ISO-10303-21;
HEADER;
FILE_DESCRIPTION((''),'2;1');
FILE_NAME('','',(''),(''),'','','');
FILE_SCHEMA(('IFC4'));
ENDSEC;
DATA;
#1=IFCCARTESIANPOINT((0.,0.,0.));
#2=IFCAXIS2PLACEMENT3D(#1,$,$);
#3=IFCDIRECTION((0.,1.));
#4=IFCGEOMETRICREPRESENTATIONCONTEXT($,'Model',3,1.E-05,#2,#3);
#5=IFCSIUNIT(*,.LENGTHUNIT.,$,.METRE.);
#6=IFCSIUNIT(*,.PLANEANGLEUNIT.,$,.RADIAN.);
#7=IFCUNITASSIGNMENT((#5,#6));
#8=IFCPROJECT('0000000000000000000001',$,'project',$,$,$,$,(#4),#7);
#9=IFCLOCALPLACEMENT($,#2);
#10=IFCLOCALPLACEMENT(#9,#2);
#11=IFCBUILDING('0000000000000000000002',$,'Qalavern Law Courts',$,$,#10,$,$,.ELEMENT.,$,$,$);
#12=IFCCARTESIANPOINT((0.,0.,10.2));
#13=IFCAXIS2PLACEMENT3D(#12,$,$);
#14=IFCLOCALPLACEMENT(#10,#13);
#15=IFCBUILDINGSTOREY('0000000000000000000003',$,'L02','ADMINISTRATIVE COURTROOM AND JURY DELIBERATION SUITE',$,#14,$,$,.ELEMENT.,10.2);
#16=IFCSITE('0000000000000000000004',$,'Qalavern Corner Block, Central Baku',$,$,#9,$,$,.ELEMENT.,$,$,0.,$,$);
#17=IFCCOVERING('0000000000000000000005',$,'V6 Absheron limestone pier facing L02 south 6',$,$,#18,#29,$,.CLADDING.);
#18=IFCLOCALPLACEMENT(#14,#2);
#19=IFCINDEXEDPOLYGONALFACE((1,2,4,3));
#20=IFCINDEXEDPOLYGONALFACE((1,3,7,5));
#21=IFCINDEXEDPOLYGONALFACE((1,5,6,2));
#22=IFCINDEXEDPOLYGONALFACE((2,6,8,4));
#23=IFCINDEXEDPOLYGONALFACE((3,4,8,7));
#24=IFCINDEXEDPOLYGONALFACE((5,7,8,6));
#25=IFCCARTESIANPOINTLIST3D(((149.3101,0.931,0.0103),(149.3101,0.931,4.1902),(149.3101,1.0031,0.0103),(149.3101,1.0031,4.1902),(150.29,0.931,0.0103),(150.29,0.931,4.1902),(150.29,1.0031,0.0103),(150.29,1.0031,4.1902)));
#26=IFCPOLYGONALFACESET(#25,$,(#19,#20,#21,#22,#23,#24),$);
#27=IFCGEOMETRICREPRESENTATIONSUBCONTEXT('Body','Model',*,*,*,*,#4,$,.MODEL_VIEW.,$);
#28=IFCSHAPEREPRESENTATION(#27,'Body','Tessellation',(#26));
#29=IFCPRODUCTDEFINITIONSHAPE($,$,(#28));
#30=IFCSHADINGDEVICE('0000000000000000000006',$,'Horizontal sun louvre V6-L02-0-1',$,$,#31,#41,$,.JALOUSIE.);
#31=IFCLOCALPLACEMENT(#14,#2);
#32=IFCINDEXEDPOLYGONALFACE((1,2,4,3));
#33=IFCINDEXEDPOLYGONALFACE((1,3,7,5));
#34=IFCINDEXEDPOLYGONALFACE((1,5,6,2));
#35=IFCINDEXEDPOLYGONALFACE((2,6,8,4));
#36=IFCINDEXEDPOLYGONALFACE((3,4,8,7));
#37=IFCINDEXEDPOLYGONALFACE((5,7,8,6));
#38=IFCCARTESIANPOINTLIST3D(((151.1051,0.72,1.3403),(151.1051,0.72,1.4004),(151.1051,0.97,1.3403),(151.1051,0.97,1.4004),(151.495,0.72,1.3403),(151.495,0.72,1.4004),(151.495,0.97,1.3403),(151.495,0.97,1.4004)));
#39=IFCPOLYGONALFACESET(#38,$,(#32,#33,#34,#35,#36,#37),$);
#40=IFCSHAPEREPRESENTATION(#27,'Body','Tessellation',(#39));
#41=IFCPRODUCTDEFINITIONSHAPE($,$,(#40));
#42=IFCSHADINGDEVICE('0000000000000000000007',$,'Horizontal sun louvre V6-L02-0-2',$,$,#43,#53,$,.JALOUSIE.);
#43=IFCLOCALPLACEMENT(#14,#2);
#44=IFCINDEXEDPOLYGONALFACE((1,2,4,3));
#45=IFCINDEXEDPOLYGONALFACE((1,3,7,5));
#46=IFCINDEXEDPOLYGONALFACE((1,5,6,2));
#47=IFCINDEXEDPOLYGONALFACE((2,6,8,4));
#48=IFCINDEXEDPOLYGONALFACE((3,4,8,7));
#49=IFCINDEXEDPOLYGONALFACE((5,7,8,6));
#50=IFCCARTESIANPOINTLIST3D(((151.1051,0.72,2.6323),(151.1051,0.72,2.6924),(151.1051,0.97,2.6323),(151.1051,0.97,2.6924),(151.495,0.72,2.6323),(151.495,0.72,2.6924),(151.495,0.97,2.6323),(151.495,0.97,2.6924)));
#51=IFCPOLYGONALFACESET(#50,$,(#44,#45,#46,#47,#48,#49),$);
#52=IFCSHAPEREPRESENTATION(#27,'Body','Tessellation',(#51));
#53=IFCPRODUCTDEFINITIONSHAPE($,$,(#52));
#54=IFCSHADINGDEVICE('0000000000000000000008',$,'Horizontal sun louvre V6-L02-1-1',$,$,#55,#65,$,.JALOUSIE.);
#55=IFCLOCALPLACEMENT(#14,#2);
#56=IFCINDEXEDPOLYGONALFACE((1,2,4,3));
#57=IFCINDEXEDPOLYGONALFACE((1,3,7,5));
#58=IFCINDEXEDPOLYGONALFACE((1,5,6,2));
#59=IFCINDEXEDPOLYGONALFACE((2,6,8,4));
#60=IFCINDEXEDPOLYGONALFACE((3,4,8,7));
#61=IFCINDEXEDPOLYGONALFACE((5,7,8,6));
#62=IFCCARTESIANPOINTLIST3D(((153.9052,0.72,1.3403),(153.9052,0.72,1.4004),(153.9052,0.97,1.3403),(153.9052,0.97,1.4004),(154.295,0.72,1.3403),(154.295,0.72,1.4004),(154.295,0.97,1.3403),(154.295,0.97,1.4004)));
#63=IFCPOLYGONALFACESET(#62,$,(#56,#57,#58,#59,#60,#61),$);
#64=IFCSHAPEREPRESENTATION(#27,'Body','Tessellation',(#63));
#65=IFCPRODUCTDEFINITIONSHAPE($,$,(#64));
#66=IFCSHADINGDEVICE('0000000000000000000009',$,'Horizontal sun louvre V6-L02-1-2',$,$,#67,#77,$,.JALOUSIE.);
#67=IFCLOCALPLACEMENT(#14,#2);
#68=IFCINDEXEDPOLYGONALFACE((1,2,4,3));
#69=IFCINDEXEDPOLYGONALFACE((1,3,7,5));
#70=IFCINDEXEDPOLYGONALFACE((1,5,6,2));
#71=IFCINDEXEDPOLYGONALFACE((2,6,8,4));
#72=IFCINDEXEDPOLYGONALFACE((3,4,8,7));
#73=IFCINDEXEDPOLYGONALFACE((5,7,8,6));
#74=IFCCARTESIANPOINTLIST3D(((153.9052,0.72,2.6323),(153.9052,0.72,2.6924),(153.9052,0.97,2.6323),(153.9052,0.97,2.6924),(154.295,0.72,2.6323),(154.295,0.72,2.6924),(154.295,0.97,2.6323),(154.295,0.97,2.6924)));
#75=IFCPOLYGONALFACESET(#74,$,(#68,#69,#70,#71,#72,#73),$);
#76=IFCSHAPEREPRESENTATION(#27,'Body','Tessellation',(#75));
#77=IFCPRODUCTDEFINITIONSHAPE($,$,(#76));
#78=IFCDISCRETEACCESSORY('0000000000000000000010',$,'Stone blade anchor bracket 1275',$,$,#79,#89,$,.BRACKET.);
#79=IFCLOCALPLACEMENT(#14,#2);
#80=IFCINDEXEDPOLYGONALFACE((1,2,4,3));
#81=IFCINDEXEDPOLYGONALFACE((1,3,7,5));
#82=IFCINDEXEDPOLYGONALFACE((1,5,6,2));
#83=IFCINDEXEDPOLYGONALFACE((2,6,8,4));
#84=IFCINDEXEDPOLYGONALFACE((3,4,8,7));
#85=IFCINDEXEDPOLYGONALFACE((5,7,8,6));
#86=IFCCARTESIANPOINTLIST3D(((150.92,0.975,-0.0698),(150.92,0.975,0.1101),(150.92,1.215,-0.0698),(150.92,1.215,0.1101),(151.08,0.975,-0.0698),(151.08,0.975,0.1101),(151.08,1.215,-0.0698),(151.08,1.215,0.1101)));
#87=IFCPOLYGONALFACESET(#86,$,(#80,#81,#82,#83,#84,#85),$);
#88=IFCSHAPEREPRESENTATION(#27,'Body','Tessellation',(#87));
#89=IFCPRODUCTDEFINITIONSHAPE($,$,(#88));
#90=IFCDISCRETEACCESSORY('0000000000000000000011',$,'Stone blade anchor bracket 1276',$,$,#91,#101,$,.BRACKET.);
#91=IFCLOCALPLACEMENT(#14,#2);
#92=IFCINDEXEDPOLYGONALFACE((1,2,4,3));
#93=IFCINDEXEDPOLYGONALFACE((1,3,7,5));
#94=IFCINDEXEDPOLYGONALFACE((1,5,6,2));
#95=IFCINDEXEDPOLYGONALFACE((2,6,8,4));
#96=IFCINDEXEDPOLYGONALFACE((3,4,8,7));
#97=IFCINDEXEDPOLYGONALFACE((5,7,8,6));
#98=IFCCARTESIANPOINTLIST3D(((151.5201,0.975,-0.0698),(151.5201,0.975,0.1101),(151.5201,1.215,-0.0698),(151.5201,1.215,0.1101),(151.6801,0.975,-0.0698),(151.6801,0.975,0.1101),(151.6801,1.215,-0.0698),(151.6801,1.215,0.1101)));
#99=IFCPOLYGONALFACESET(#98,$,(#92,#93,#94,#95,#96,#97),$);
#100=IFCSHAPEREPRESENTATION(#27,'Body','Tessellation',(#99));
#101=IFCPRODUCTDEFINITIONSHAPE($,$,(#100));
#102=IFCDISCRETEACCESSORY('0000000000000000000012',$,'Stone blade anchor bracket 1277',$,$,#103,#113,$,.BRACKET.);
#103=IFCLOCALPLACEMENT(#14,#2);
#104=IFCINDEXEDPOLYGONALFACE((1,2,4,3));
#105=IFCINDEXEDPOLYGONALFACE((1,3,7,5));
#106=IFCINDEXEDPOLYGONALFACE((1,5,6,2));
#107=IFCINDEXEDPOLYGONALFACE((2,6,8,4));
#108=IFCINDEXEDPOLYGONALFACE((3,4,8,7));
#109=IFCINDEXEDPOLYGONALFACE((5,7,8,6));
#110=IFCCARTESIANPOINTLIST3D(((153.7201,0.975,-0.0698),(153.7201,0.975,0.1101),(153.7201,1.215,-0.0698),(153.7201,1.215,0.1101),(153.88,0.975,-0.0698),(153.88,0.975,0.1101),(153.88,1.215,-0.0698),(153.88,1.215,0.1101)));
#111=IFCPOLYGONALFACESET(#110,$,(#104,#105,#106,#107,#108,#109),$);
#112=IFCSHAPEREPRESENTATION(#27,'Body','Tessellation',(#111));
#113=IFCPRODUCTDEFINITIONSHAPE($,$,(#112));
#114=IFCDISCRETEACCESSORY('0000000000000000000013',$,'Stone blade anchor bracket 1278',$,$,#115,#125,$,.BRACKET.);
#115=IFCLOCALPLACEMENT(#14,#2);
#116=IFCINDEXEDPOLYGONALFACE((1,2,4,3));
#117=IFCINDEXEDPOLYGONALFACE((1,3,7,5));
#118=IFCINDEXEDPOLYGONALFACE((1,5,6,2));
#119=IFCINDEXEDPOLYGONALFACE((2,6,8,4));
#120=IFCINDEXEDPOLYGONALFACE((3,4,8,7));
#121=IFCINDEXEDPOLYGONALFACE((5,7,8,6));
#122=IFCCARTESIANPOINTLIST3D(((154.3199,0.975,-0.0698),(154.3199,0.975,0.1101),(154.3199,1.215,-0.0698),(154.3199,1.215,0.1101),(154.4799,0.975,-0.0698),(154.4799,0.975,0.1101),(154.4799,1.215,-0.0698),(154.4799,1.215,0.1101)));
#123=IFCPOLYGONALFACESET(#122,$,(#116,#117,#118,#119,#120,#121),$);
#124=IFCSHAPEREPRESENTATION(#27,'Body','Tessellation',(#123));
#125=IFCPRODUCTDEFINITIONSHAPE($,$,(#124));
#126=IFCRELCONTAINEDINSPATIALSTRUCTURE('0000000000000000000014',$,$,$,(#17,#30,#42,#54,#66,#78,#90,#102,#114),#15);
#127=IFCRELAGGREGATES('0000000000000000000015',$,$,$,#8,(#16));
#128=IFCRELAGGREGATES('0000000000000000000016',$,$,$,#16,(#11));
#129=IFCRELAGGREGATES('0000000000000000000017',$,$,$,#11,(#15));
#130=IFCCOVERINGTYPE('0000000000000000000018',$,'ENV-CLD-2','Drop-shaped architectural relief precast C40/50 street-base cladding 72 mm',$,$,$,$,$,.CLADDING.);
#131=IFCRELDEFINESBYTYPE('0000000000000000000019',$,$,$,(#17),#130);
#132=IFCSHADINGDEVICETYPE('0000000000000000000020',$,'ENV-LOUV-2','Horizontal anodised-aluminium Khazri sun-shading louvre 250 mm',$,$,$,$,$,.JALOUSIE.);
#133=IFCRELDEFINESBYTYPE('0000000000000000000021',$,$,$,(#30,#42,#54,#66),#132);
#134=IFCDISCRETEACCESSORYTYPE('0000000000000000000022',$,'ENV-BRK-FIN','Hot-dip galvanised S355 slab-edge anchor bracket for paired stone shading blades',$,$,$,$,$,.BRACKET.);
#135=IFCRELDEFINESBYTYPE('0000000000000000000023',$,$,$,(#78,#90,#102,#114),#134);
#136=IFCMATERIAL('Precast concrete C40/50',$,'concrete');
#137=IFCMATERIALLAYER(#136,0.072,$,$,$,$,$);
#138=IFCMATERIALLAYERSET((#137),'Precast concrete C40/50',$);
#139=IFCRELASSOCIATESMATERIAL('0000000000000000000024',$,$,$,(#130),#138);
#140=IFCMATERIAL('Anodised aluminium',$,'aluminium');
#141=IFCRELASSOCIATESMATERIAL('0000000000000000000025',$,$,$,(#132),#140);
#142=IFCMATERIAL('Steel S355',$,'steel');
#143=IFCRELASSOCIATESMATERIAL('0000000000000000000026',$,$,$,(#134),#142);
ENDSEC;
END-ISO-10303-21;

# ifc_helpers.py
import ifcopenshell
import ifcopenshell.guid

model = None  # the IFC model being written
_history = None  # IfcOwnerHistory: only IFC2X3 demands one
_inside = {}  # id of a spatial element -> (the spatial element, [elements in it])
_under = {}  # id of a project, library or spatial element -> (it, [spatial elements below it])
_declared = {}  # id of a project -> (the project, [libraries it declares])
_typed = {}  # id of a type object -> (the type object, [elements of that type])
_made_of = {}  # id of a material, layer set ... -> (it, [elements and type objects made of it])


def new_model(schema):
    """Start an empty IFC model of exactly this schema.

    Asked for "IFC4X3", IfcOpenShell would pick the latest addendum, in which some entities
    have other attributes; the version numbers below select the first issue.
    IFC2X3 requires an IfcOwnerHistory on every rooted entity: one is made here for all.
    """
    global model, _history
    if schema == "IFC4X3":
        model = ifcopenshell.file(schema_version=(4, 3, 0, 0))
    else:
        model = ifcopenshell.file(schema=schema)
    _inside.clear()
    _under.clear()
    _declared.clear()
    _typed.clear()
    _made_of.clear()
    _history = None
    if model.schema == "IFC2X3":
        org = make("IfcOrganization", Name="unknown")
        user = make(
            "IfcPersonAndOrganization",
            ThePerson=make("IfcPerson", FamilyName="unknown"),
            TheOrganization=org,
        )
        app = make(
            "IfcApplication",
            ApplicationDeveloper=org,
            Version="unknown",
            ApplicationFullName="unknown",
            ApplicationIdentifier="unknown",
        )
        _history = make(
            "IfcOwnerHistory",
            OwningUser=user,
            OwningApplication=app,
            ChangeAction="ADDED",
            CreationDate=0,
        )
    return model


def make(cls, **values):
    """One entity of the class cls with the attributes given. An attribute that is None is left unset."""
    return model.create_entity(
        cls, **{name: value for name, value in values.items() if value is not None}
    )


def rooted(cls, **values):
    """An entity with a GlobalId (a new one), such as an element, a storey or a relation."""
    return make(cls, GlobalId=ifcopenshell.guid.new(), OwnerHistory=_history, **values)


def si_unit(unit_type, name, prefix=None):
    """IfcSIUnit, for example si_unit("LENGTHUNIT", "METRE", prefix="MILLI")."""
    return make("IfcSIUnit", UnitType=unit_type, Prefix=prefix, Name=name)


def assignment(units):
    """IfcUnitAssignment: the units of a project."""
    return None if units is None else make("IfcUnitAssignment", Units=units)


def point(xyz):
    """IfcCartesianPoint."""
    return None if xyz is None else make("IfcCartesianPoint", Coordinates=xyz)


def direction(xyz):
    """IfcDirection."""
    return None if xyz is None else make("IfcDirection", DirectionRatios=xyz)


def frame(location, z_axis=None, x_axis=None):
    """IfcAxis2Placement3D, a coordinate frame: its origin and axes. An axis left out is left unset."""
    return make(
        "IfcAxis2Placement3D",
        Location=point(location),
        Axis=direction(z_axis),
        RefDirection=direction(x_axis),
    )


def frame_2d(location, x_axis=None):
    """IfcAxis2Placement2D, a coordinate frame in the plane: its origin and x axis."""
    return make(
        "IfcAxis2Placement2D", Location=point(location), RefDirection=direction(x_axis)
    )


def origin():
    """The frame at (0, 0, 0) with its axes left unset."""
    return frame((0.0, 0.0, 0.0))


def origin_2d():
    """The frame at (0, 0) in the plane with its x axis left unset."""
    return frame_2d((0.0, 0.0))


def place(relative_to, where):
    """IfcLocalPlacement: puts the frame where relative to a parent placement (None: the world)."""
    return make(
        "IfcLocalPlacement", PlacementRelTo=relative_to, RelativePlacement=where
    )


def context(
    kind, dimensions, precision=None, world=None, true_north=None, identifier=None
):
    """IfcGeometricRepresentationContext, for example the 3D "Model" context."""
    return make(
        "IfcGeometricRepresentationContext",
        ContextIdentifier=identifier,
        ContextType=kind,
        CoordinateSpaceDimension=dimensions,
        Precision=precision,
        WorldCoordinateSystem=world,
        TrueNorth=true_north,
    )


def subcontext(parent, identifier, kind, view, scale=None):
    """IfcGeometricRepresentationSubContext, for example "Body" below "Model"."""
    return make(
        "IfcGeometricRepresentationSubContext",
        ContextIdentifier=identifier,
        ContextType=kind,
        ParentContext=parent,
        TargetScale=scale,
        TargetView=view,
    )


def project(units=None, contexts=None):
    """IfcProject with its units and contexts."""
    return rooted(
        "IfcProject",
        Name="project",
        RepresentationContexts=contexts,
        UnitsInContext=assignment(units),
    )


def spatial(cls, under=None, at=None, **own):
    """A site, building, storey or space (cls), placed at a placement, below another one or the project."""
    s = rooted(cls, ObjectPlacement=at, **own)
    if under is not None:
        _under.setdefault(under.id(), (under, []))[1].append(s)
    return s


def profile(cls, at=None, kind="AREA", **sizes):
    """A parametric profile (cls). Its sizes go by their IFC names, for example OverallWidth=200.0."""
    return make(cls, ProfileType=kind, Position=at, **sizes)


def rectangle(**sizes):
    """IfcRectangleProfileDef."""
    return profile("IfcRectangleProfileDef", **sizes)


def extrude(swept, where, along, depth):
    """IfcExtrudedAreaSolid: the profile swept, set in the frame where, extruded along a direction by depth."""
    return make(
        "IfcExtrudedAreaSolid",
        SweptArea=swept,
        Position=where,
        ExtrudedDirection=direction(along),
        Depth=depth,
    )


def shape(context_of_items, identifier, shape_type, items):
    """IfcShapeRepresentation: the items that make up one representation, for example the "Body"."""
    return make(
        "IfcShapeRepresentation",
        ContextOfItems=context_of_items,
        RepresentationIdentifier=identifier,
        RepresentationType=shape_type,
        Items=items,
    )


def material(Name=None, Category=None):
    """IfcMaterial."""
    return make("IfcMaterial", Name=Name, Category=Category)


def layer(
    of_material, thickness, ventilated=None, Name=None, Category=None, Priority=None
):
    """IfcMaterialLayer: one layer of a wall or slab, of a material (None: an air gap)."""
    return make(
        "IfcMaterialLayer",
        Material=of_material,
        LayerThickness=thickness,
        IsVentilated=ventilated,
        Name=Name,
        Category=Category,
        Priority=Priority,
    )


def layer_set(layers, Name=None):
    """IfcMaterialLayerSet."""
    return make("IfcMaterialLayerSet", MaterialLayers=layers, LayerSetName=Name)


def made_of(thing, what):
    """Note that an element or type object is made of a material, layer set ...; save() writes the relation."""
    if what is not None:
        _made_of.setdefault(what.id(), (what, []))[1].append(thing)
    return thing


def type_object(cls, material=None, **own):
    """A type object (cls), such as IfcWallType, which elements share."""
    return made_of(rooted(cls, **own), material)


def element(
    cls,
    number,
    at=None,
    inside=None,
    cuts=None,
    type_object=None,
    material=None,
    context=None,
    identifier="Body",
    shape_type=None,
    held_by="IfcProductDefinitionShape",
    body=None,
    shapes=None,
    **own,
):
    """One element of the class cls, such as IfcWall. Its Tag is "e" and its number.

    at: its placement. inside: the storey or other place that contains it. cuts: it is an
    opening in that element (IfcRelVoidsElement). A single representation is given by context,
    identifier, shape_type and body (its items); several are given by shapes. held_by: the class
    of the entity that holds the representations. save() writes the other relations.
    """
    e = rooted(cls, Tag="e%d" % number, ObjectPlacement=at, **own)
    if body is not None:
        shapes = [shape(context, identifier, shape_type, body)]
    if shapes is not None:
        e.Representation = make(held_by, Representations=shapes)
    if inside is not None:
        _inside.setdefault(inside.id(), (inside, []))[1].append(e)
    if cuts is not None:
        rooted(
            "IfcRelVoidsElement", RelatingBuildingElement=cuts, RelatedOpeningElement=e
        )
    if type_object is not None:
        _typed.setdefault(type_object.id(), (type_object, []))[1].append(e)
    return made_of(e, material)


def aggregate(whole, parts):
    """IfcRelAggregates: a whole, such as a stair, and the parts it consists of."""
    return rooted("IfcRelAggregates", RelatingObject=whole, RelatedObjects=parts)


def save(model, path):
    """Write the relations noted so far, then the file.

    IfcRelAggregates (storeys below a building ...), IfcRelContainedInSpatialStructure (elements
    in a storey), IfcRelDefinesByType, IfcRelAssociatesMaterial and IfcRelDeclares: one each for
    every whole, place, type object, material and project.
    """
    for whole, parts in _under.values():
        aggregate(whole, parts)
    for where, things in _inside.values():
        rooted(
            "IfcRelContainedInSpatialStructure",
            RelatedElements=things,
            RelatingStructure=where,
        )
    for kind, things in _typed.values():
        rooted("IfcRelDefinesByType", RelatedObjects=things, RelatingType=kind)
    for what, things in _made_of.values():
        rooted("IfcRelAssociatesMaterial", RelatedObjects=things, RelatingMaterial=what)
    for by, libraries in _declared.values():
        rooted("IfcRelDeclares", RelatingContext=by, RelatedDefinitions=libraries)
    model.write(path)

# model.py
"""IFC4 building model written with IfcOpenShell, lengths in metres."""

from ifc_helpers import new_model, si_unit, direction, frame, origin, origin_2d, place, context, subcontext, project, spatial, rectangle, extrude, material, layer, layer_set, type_object, element, save


model = new_model("IFC4")

# Units and contexts
model_context = context("Model", 3, precision=1e-05, world=origin(), true_north=direction((0.0, 1.0)))
body_context = subcontext(model_context, "Body", "Model", "MODEL_VIEW")
ifc_project = project(units=[si_unit("LENGTHUNIT", "METRE"), si_unit("PLANEANGLEUNIT", "RADIAN")], contexts=[model_context])

# Site, building, storey
site_placement = place(None, origin())
site = spatial("IfcSite", under=ifc_project, at=site_placement, Name="Qalavern Corner Block, Central Baku", CompositionType="ELEMENT", RefElevation=0.0)
building_placement = place(site_placement, origin())
building = spatial("IfcBuilding", under=site, at=building_placement, Name="Qalavern Law Courts", CompositionType="ELEMENT")
storey_placement = place(building_placement, frame((0.0, 0.0, 10.2)))
storey = spatial("IfcBuildingStorey", under=building, at=storey_placement, Name="L02", Description="ADMINISTRATIVE COURTROOM AND JURY DELIBERATION SUITE", CompositionType="ELEMENT", Elevation=10.2)

# Shared definitions
ifc_material_1 = material(Name="Anodised aluminium", Category="aluminium")

# Covering
ifc_material_2 = material(Name="Precast concrete C40/50", Category="concrete")
ifc_layer_1 = layer(ifc_material_2, 0.072)
ifc_layer_set_1 = layer_set([ifc_layer_1], Name="Precast concrete C40/50")
covering_type_1 = type_object("IfcCoveringType", Name="ENV-CLD-2", Description="Drop-shaped architectural relief precast C40/50 street-base cladding 72 mm", PredefinedType="CLADDING", material=ifc_layer_set_1)
covering_placement = place(storey_placement, frame((149.8, 0.967, 0.0103), z_axis=(0.0, 0.0, 1.0), x_axis=(1.0, 0.0, 0.0)))
element("IfcCovering", 1, at=covering_placement, inside=storey, type_object=covering_type_1, Name="V6 Absheron limestone pier facing L02 south 6", PredefinedType="CLADDING", context=body_context, shape_type="SweptSolid", body=[
    extrude(rectangle(XDim=0.98, YDim=0.072, at=origin_2d()), origin(), (0.0, 0.0, 1.0), 4.1799),
])

# Shading devices
shading_device_type = type_object("IfcShadingDeviceType", Name="ENV-LOUV-2", Description="Horizontal anodised-aluminium Khazri sun-shading louvre 250 mm", PredefinedType="JALOUSIE", material=ifc_material_1)
for number, where, z_axis, x_axis, name in (
    (2, (151.3, 0.845, 1.3403), (0.0, 0.0, 1.0), (1.0, 0.0, 0.0), "Horizontal sun louvre V6-L02-0-1"),
    (3, (151.3, 0.845, 2.6323), (0.0, 0.0, 1.0), (1.0, 0.0, 0.0), "Horizontal sun louvre V6-L02-0-2"),
    (4, (154.1001, 0.845, 1.3403), (0.0, 0.0, 1.0), (1.0, 0.0, 0.0), "Horizontal sun louvre V6-L02-1-1"),
    (5, (154.1001, 0.845, 2.6323), (0.0, 0.0, 1.0), (1.0, 0.0, 0.0), "Horizontal sun louvre V6-L02-1-2"),
):
    element("IfcShadingDevice", number, at=place(storey_placement, frame(where, z_axis=z_axis, x_axis=x_axis)), inside=storey, type_object=shading_device_type, Name=name, PredefinedType="JALOUSIE", context=body_context, shape_type="SweptSolid", body=[
        extrude(rectangle(XDim=0.3899, YDim=0.25, at=origin_2d()), origin(), (0.0, 0.0, 1.0), 0.0601),
    ])

# Discrete accessories
ifc_material_3 = material(Name="Steel S355", Category="steel")
discrete_accessory_type = type_object("IfcDiscreteAccessoryType", Name="ENV-BRK-FIN", Description="Hot-dip galvanised S355 slab-edge anchor bracket for paired stone shading blades", PredefinedType="BRACKET", material=ifc_material_3)
for number, where, z_axis, x_axis, name in (
    (6, (151.0, 1.095, -0.0698), (0.0, 0.0, 1.0), (0.0, -1.0, 0.0), "Stone blade anchor bracket 1275"),
    (7, (151.6001, 1.095, -0.0698), (0.0, 0.0, 1.0), (0.0, -1.0, 0.0), "Stone blade anchor bracket 1276"),
    (8, (153.8, 1.095, -0.0698), (0.0, 0.0, 1.0), (0.0, -1.0, 0.0), "Stone blade anchor bracket 1277"),
    (9, (154.3999, 1.095, -0.0698), (0.0, 0.0, 1.0), (0.0, -1.0, 0.0), "Stone blade anchor bracket 1278"),
):
    element("IfcDiscreteAccessory", number, at=place(storey_placement, frame(where, z_axis=z_axis, x_axis=x_axis)), inside=storey, type_object=discrete_accessory_type, Name=name, PredefinedType="BRACKET", context=body_context, shape_type="SweptSolid", body=[
        extrude(rectangle(XDim=0.24, YDim=0.1599, at=origin_2d()), origin(), (0.0, 0.0, 1.0), 0.1799),
    ])

save(model, "model.ifc")
